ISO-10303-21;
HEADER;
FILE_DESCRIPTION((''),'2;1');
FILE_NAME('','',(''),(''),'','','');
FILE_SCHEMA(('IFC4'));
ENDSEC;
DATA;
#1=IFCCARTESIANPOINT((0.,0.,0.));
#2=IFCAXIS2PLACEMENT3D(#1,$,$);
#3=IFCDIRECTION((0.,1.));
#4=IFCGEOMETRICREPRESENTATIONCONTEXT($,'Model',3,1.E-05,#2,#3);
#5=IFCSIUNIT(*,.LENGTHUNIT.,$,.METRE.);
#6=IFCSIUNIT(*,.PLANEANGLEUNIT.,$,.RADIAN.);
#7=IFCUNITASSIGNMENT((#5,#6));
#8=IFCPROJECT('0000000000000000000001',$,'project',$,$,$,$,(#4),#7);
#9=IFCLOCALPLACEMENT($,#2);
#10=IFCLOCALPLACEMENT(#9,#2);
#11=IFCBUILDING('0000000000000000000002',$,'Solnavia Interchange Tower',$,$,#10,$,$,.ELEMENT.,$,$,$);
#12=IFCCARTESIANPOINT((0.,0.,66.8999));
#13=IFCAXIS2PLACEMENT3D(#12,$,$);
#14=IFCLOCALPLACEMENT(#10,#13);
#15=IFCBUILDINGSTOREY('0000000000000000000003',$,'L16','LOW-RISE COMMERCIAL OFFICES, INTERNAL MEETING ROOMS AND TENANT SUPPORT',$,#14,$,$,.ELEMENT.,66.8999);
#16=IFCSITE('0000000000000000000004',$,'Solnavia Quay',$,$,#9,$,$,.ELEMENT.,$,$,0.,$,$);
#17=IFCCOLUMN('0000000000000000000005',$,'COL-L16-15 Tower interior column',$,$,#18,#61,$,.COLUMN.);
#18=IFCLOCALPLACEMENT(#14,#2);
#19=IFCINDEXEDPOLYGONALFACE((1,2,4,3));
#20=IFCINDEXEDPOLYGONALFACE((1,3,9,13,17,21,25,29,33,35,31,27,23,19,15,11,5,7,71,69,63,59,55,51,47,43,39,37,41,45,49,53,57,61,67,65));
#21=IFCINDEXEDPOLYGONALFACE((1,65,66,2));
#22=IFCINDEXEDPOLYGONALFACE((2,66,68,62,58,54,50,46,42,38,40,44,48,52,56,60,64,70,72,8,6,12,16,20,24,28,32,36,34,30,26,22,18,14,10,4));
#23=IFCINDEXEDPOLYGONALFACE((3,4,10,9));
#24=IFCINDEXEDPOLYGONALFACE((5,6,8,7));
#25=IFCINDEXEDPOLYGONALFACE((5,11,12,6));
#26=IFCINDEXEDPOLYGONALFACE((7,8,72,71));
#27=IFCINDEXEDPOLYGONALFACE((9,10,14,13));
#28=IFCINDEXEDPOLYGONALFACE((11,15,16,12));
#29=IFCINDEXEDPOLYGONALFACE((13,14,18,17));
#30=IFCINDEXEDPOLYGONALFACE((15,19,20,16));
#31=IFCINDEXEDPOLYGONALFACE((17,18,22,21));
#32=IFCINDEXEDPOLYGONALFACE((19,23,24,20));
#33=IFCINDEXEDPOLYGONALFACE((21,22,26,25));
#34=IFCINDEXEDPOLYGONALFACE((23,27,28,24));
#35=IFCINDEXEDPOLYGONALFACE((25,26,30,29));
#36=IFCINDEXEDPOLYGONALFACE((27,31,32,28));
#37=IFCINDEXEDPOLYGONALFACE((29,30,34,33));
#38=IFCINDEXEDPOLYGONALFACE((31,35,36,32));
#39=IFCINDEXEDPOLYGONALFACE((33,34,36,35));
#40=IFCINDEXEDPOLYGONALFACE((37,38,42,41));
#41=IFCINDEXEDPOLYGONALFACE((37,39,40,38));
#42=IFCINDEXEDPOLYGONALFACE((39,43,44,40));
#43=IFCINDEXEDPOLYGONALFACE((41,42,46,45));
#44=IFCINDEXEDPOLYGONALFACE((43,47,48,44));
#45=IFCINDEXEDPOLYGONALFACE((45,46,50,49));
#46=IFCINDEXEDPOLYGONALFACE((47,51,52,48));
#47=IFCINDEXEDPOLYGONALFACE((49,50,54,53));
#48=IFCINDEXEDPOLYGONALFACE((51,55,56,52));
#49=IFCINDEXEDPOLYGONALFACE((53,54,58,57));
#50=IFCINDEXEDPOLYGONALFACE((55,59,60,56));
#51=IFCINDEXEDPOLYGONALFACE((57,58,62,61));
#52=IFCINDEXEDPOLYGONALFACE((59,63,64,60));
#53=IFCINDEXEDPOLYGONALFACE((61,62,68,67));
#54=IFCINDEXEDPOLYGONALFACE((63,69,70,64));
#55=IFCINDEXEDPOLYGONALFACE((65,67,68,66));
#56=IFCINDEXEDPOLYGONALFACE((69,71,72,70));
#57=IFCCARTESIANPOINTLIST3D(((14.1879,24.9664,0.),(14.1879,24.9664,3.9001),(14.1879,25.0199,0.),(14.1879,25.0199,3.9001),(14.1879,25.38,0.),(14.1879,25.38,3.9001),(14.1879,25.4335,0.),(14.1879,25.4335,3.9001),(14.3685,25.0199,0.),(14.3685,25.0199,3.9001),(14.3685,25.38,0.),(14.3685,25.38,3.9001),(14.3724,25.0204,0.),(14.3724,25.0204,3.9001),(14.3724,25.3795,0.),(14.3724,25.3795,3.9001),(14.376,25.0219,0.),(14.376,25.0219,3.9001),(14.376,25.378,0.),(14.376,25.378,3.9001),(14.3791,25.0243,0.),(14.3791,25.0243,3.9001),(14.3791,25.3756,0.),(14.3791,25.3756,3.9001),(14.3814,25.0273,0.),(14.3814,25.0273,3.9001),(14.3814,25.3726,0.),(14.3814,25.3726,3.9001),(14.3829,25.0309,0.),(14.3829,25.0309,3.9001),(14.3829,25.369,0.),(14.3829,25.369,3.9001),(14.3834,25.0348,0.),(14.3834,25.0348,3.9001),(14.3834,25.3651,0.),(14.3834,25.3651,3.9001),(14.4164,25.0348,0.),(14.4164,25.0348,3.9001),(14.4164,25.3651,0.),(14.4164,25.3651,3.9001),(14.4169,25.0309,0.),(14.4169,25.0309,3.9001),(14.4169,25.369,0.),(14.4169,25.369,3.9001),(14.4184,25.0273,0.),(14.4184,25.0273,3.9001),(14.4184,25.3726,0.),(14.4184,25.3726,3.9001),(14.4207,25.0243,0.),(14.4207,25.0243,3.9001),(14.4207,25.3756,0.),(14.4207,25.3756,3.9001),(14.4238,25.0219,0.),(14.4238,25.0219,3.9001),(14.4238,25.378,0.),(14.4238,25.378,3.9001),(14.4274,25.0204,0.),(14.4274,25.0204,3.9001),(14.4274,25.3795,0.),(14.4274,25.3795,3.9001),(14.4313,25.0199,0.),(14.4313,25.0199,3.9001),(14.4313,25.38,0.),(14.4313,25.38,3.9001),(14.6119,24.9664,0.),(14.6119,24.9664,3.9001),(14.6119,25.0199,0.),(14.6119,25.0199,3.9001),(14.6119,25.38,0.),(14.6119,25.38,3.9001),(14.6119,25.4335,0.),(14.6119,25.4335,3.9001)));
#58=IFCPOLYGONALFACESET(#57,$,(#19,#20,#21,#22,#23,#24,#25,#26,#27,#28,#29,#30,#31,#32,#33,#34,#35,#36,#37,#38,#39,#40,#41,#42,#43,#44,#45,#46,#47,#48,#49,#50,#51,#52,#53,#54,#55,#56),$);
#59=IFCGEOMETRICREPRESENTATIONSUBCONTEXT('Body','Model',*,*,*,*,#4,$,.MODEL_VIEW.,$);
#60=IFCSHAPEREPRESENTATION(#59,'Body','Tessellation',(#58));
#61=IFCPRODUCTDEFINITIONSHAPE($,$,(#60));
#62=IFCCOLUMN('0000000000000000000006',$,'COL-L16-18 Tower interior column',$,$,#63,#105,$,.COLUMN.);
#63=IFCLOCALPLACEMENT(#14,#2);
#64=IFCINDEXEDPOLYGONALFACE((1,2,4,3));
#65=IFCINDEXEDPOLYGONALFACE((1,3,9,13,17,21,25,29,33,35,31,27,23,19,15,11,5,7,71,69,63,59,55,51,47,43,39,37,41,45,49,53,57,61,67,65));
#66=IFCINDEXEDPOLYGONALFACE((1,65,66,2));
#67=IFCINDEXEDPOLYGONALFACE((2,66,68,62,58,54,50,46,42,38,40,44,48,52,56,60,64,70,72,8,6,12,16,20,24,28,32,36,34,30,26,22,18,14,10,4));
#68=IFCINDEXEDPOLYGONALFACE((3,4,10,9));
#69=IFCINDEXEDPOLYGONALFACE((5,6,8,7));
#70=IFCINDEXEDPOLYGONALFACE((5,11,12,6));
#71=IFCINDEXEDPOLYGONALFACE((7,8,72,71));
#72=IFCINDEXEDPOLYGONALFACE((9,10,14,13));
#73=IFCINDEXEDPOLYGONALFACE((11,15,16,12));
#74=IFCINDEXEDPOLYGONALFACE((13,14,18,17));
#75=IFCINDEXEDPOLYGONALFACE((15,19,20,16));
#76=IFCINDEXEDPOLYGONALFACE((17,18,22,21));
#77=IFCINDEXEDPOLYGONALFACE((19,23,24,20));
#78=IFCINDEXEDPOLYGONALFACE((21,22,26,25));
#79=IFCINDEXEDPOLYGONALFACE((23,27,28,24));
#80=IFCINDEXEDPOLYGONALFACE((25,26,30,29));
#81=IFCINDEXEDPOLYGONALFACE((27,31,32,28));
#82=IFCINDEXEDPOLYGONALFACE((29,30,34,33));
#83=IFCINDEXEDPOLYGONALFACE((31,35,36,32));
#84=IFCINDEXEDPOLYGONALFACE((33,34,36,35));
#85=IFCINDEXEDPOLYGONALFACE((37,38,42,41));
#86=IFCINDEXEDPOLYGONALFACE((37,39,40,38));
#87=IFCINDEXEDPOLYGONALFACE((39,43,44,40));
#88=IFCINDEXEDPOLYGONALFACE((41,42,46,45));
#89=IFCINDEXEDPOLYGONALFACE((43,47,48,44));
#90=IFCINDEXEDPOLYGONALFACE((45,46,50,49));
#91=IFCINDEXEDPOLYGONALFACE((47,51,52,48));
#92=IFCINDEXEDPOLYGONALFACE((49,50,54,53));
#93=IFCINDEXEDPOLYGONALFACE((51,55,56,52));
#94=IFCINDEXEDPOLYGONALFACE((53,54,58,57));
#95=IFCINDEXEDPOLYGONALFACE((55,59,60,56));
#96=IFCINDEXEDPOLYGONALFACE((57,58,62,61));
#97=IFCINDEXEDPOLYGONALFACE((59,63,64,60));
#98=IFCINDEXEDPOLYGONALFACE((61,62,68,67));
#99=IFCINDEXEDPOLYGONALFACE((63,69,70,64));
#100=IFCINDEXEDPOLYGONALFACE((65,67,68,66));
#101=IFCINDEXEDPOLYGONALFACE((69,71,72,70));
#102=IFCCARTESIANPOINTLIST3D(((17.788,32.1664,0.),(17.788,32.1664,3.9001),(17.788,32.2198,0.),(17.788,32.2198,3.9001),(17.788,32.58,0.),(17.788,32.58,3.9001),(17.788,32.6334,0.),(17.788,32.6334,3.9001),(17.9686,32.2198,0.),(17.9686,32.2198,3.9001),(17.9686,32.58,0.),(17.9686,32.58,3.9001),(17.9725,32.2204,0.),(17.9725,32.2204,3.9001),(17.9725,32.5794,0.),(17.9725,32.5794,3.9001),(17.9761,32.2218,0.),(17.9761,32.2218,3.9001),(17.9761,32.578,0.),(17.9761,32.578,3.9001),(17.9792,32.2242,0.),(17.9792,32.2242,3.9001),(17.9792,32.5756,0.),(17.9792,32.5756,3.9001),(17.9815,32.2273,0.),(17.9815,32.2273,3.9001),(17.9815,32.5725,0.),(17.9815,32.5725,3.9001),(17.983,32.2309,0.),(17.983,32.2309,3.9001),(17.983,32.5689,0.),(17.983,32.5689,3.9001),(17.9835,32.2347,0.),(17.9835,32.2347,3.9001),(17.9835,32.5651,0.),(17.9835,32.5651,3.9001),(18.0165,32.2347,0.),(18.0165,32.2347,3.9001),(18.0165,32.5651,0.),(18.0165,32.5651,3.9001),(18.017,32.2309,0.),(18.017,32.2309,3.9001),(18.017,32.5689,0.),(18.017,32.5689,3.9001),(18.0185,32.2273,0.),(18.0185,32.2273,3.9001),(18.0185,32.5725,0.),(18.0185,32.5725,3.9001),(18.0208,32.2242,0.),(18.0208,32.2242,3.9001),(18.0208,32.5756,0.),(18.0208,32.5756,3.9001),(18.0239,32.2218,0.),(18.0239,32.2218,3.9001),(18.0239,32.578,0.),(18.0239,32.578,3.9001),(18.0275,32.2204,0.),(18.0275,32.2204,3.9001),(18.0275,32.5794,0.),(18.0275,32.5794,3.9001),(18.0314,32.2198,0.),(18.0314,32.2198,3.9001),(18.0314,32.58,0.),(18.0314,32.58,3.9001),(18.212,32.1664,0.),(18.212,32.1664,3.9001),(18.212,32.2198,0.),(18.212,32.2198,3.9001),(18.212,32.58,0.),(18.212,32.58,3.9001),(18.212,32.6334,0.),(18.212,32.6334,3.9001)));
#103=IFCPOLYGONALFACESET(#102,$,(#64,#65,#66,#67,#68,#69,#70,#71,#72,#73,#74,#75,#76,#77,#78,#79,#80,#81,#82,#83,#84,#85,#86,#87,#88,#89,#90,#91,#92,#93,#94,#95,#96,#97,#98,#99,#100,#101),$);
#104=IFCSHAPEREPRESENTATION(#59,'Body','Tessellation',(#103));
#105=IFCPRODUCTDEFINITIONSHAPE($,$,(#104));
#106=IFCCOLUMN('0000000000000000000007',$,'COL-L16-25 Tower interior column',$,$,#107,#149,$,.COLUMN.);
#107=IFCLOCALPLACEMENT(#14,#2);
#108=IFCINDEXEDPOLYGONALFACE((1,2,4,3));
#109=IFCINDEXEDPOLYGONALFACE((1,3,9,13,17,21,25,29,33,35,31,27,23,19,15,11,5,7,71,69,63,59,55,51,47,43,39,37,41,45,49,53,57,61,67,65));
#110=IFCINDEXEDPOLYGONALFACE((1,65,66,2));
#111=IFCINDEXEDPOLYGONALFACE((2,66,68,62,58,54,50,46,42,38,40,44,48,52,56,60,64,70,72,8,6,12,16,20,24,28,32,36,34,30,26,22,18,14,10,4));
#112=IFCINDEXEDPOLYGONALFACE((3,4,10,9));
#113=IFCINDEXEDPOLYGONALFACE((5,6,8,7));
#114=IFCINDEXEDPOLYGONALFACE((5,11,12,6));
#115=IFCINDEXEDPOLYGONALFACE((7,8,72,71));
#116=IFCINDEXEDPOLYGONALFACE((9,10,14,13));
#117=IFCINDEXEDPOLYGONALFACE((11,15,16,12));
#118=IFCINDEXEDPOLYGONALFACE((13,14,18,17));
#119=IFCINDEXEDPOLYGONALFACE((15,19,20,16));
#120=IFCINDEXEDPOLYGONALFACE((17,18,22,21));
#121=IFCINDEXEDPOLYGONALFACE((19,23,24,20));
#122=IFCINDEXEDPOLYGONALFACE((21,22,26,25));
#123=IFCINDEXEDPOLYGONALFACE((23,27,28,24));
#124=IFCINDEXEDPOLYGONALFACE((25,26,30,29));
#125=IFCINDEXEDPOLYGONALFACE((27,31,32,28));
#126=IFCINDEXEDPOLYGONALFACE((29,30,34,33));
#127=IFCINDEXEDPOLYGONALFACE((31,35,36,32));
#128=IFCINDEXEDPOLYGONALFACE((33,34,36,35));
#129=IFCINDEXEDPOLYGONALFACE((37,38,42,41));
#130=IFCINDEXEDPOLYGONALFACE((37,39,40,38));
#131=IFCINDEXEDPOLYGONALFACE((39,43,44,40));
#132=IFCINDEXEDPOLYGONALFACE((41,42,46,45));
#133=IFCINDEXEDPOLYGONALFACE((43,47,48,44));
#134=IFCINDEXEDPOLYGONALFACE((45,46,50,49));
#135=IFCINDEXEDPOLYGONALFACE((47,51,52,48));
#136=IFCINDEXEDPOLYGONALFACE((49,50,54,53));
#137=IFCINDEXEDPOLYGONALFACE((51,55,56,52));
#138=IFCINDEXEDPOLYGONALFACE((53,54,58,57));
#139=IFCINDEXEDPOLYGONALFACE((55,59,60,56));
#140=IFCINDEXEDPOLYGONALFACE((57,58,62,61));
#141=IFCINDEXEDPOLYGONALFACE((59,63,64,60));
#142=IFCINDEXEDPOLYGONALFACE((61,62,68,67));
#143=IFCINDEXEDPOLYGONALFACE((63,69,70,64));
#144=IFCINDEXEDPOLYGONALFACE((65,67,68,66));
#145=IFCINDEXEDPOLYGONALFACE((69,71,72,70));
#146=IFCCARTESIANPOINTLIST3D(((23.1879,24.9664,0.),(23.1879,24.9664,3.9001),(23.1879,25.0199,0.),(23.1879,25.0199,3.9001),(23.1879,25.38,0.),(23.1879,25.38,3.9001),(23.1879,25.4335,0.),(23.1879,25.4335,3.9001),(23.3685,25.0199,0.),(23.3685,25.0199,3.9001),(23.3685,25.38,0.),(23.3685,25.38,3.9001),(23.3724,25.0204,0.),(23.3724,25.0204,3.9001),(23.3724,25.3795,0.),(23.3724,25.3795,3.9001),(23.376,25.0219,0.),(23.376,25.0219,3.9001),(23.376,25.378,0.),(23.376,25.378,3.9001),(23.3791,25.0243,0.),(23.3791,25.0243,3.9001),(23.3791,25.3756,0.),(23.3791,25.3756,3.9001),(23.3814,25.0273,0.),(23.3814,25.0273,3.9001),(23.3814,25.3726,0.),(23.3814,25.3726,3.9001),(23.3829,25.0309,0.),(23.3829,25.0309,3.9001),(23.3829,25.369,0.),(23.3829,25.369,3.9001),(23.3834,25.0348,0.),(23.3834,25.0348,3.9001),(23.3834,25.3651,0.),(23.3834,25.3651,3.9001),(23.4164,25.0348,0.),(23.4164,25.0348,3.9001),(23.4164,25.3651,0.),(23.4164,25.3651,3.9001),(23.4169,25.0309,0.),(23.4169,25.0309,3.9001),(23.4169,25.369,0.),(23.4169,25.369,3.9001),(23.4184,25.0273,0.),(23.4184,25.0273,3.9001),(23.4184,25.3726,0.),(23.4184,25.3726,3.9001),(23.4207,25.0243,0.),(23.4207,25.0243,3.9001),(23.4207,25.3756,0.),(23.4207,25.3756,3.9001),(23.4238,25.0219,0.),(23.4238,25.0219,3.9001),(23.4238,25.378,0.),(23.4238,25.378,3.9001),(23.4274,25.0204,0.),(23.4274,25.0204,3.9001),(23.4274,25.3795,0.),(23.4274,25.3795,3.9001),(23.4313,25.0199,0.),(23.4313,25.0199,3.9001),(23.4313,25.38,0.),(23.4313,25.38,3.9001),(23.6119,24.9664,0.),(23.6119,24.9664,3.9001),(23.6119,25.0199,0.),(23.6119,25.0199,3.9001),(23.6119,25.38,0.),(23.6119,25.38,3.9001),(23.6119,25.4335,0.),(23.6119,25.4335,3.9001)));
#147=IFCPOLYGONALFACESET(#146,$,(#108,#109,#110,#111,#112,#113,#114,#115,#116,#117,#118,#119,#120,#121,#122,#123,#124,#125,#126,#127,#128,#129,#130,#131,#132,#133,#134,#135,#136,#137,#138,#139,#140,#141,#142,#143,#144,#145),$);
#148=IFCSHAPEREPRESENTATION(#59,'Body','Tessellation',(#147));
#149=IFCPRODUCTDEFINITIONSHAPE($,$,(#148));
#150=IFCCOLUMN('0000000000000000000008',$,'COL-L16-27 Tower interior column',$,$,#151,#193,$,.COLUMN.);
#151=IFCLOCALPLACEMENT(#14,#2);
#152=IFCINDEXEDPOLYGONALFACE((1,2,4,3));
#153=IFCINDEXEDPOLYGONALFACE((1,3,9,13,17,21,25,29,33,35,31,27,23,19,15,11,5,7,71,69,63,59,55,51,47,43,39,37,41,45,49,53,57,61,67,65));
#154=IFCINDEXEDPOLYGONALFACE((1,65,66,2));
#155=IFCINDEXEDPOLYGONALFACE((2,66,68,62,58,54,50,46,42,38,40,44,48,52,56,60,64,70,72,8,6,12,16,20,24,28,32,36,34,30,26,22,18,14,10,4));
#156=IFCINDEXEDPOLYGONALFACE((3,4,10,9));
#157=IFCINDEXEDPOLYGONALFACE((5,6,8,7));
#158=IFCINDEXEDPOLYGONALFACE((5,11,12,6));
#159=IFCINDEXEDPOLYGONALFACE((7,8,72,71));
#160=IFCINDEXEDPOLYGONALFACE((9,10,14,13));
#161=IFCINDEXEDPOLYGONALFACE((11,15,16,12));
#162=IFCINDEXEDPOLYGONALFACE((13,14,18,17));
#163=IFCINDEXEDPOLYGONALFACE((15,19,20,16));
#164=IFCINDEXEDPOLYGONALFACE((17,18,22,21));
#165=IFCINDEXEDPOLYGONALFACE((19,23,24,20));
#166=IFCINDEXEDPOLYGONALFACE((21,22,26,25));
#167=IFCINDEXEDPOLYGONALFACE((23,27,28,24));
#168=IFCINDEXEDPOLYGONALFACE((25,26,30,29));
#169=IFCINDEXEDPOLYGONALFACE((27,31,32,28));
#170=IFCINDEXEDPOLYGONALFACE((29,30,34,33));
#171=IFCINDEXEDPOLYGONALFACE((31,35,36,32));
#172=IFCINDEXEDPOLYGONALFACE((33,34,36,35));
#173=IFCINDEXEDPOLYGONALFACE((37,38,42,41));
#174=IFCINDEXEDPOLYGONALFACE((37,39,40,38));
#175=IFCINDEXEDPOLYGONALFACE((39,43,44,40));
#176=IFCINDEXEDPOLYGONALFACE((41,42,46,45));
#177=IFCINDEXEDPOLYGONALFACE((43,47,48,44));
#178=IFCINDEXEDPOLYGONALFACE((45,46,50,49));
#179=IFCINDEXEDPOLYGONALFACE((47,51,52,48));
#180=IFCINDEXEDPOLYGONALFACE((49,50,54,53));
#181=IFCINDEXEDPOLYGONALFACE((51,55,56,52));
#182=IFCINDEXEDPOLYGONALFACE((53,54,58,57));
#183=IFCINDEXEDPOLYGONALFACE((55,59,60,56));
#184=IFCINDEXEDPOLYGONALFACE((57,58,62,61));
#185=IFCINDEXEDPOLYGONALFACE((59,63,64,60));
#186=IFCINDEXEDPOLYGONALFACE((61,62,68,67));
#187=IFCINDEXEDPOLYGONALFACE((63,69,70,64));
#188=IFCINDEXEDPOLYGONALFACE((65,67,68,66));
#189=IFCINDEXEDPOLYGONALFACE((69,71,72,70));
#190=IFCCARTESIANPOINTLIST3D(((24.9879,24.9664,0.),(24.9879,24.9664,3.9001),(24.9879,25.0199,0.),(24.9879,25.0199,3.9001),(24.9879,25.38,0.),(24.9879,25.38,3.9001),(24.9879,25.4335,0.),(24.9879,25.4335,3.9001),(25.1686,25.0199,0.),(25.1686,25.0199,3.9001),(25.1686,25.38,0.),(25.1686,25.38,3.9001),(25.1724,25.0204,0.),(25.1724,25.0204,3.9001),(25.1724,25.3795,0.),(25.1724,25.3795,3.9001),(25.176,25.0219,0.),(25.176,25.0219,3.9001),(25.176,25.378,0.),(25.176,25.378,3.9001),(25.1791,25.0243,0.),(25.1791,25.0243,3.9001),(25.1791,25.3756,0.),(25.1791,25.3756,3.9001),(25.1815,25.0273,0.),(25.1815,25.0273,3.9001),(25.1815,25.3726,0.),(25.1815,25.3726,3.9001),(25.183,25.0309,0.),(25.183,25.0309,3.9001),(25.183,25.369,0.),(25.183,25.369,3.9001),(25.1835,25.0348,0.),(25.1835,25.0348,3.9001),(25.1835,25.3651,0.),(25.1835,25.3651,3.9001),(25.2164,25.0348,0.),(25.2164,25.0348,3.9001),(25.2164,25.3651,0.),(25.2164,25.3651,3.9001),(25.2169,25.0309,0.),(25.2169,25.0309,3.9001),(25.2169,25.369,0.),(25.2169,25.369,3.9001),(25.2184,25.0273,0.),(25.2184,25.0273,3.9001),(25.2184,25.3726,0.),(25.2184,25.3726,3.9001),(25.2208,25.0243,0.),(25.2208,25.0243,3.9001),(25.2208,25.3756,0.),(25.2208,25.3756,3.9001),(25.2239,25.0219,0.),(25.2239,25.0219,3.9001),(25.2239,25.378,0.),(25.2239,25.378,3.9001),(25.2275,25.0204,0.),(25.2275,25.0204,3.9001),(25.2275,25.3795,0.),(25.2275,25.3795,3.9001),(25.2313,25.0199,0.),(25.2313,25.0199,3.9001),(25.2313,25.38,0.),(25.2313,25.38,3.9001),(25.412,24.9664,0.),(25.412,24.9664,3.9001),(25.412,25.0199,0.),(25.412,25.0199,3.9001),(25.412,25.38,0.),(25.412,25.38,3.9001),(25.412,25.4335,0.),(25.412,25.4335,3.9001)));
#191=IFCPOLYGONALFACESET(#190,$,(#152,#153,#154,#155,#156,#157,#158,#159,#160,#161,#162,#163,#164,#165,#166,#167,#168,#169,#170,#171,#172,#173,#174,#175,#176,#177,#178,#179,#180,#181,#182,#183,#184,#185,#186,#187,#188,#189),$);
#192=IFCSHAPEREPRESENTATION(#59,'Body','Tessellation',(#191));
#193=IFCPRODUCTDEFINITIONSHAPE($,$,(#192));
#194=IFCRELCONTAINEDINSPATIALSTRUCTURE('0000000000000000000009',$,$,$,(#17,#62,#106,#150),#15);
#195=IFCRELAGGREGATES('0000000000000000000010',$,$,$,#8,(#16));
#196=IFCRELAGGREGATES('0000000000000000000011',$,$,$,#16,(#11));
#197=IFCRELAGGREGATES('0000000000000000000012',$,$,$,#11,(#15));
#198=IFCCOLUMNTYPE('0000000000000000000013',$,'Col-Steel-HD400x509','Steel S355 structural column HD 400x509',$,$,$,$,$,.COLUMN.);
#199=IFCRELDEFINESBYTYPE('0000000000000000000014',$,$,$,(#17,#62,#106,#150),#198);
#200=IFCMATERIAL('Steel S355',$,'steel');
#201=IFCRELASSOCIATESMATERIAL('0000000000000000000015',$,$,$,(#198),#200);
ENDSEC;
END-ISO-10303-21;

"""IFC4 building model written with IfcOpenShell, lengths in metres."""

from ifc_helpers import new_model, si_unit, direction, frame, origin, origin_2d, place, context, subcontext, project, spatial, i_section, extrude, material, material_profile, profile_set, type_object, element, save


model = new_model("IFC4")

# Units and contexts
model_context = context("Model", 3, precision=1e-05, world=origin(), true_north=direction((0.0, 1.0)))
body_context = subcontext(model_context, "Body", "Model", "MODEL_VIEW")
ifc_project = project(units=[si_unit("LENGTHUNIT", "METRE"), si_unit("PLANEANGLEUNIT", "RADIAN")], contexts=[model_context])

# Site, building, storey
site_placement = place(None, origin())
site = spatial("IfcSite", under=ifc_project, at=site_placement, Name="Solnavia Quay", CompositionType="ELEMENT", RefElevation=0.0)
building_placement = place(site_placement, origin())
building = spatial("IfcBuilding", under=site, at=building_placement, Name="Solnavia Interchange Tower", CompositionType="ELEMENT")
storey_placement = place(building_placement, frame((0.0, 0.0, 66.8999)))
storey = spatial("IfcBuildingStorey", under=building, at=storey_placement, Name="L16", Description="LOW-RISE COMMERCIAL OFFICES, INTERNAL MEETING ROOMS AND TENANT SUPPORT", CompositionType="ELEMENT", Elevation=66.8999)

# Columns
ifc_material_1 = material(Name="Steel S355", Category="steel")
ifc_material_profile_1 = material_profile(ifc_material_1, i_section(OverallWidth=0.4241, OverallDepth=0.467, WebThickness=0.033, FlangeThickness=0.0535, FilletRadius=0.0149, at=origin_2d()), Name="HD 400x509")
ifc_profile_set_1 = profile_set([ifc_material_profile_1], Name="Steel S355")
column_type = type_object("IfcColumnType", Name="Col-Steel-HD400x509", Description="Steel S355 structural column HD 400x509", PredefinedType="COLUMN", material=ifc_profile_set_1)
for number, where, z_axis, x_axis, name in (
    (1, (14.3999, 25.2, 0.0), (0.0, 0.0, 1.0), (1.0, 0.0, 0.0), "COL-L16-15 Tower interior column"),
    (2, (18.0, 32.3999, 0.0), (0.0, 0.0, 1.0), (1.0, 0.0, 0.0), "COL-L16-18 Tower interior column"),
    (3, (23.3999, 25.2, 0.0), (0.0, 0.0, 1.0), (1.0, 0.0, 0.0), "COL-L16-25 Tower interior column"),
    (4, (25.2, 25.2, 0.0), (0.0, 0.0, 1.0), (1.0, 0.0, 0.0), "COL-L16-27 Tower interior column"),
):
    element("IfcColumn", number, at=place(storey_placement, frame(where, z_axis=z_axis, x_axis=x_axis)), inside=storey, type_object=column_type, Name=name, PredefinedType="COLUMN", context=body_context, shape_type="SweptSolid", body=[
        extrude(i_section(OverallWidth=0.4241, OverallDepth=0.467, WebThickness=0.033, FlangeThickness=0.0535, FilletRadius=0.0149, at=origin_2d()), origin(), (0.0, 0.0, 1.0), 3.9001),
    ])

save(model, "model.ifc")
